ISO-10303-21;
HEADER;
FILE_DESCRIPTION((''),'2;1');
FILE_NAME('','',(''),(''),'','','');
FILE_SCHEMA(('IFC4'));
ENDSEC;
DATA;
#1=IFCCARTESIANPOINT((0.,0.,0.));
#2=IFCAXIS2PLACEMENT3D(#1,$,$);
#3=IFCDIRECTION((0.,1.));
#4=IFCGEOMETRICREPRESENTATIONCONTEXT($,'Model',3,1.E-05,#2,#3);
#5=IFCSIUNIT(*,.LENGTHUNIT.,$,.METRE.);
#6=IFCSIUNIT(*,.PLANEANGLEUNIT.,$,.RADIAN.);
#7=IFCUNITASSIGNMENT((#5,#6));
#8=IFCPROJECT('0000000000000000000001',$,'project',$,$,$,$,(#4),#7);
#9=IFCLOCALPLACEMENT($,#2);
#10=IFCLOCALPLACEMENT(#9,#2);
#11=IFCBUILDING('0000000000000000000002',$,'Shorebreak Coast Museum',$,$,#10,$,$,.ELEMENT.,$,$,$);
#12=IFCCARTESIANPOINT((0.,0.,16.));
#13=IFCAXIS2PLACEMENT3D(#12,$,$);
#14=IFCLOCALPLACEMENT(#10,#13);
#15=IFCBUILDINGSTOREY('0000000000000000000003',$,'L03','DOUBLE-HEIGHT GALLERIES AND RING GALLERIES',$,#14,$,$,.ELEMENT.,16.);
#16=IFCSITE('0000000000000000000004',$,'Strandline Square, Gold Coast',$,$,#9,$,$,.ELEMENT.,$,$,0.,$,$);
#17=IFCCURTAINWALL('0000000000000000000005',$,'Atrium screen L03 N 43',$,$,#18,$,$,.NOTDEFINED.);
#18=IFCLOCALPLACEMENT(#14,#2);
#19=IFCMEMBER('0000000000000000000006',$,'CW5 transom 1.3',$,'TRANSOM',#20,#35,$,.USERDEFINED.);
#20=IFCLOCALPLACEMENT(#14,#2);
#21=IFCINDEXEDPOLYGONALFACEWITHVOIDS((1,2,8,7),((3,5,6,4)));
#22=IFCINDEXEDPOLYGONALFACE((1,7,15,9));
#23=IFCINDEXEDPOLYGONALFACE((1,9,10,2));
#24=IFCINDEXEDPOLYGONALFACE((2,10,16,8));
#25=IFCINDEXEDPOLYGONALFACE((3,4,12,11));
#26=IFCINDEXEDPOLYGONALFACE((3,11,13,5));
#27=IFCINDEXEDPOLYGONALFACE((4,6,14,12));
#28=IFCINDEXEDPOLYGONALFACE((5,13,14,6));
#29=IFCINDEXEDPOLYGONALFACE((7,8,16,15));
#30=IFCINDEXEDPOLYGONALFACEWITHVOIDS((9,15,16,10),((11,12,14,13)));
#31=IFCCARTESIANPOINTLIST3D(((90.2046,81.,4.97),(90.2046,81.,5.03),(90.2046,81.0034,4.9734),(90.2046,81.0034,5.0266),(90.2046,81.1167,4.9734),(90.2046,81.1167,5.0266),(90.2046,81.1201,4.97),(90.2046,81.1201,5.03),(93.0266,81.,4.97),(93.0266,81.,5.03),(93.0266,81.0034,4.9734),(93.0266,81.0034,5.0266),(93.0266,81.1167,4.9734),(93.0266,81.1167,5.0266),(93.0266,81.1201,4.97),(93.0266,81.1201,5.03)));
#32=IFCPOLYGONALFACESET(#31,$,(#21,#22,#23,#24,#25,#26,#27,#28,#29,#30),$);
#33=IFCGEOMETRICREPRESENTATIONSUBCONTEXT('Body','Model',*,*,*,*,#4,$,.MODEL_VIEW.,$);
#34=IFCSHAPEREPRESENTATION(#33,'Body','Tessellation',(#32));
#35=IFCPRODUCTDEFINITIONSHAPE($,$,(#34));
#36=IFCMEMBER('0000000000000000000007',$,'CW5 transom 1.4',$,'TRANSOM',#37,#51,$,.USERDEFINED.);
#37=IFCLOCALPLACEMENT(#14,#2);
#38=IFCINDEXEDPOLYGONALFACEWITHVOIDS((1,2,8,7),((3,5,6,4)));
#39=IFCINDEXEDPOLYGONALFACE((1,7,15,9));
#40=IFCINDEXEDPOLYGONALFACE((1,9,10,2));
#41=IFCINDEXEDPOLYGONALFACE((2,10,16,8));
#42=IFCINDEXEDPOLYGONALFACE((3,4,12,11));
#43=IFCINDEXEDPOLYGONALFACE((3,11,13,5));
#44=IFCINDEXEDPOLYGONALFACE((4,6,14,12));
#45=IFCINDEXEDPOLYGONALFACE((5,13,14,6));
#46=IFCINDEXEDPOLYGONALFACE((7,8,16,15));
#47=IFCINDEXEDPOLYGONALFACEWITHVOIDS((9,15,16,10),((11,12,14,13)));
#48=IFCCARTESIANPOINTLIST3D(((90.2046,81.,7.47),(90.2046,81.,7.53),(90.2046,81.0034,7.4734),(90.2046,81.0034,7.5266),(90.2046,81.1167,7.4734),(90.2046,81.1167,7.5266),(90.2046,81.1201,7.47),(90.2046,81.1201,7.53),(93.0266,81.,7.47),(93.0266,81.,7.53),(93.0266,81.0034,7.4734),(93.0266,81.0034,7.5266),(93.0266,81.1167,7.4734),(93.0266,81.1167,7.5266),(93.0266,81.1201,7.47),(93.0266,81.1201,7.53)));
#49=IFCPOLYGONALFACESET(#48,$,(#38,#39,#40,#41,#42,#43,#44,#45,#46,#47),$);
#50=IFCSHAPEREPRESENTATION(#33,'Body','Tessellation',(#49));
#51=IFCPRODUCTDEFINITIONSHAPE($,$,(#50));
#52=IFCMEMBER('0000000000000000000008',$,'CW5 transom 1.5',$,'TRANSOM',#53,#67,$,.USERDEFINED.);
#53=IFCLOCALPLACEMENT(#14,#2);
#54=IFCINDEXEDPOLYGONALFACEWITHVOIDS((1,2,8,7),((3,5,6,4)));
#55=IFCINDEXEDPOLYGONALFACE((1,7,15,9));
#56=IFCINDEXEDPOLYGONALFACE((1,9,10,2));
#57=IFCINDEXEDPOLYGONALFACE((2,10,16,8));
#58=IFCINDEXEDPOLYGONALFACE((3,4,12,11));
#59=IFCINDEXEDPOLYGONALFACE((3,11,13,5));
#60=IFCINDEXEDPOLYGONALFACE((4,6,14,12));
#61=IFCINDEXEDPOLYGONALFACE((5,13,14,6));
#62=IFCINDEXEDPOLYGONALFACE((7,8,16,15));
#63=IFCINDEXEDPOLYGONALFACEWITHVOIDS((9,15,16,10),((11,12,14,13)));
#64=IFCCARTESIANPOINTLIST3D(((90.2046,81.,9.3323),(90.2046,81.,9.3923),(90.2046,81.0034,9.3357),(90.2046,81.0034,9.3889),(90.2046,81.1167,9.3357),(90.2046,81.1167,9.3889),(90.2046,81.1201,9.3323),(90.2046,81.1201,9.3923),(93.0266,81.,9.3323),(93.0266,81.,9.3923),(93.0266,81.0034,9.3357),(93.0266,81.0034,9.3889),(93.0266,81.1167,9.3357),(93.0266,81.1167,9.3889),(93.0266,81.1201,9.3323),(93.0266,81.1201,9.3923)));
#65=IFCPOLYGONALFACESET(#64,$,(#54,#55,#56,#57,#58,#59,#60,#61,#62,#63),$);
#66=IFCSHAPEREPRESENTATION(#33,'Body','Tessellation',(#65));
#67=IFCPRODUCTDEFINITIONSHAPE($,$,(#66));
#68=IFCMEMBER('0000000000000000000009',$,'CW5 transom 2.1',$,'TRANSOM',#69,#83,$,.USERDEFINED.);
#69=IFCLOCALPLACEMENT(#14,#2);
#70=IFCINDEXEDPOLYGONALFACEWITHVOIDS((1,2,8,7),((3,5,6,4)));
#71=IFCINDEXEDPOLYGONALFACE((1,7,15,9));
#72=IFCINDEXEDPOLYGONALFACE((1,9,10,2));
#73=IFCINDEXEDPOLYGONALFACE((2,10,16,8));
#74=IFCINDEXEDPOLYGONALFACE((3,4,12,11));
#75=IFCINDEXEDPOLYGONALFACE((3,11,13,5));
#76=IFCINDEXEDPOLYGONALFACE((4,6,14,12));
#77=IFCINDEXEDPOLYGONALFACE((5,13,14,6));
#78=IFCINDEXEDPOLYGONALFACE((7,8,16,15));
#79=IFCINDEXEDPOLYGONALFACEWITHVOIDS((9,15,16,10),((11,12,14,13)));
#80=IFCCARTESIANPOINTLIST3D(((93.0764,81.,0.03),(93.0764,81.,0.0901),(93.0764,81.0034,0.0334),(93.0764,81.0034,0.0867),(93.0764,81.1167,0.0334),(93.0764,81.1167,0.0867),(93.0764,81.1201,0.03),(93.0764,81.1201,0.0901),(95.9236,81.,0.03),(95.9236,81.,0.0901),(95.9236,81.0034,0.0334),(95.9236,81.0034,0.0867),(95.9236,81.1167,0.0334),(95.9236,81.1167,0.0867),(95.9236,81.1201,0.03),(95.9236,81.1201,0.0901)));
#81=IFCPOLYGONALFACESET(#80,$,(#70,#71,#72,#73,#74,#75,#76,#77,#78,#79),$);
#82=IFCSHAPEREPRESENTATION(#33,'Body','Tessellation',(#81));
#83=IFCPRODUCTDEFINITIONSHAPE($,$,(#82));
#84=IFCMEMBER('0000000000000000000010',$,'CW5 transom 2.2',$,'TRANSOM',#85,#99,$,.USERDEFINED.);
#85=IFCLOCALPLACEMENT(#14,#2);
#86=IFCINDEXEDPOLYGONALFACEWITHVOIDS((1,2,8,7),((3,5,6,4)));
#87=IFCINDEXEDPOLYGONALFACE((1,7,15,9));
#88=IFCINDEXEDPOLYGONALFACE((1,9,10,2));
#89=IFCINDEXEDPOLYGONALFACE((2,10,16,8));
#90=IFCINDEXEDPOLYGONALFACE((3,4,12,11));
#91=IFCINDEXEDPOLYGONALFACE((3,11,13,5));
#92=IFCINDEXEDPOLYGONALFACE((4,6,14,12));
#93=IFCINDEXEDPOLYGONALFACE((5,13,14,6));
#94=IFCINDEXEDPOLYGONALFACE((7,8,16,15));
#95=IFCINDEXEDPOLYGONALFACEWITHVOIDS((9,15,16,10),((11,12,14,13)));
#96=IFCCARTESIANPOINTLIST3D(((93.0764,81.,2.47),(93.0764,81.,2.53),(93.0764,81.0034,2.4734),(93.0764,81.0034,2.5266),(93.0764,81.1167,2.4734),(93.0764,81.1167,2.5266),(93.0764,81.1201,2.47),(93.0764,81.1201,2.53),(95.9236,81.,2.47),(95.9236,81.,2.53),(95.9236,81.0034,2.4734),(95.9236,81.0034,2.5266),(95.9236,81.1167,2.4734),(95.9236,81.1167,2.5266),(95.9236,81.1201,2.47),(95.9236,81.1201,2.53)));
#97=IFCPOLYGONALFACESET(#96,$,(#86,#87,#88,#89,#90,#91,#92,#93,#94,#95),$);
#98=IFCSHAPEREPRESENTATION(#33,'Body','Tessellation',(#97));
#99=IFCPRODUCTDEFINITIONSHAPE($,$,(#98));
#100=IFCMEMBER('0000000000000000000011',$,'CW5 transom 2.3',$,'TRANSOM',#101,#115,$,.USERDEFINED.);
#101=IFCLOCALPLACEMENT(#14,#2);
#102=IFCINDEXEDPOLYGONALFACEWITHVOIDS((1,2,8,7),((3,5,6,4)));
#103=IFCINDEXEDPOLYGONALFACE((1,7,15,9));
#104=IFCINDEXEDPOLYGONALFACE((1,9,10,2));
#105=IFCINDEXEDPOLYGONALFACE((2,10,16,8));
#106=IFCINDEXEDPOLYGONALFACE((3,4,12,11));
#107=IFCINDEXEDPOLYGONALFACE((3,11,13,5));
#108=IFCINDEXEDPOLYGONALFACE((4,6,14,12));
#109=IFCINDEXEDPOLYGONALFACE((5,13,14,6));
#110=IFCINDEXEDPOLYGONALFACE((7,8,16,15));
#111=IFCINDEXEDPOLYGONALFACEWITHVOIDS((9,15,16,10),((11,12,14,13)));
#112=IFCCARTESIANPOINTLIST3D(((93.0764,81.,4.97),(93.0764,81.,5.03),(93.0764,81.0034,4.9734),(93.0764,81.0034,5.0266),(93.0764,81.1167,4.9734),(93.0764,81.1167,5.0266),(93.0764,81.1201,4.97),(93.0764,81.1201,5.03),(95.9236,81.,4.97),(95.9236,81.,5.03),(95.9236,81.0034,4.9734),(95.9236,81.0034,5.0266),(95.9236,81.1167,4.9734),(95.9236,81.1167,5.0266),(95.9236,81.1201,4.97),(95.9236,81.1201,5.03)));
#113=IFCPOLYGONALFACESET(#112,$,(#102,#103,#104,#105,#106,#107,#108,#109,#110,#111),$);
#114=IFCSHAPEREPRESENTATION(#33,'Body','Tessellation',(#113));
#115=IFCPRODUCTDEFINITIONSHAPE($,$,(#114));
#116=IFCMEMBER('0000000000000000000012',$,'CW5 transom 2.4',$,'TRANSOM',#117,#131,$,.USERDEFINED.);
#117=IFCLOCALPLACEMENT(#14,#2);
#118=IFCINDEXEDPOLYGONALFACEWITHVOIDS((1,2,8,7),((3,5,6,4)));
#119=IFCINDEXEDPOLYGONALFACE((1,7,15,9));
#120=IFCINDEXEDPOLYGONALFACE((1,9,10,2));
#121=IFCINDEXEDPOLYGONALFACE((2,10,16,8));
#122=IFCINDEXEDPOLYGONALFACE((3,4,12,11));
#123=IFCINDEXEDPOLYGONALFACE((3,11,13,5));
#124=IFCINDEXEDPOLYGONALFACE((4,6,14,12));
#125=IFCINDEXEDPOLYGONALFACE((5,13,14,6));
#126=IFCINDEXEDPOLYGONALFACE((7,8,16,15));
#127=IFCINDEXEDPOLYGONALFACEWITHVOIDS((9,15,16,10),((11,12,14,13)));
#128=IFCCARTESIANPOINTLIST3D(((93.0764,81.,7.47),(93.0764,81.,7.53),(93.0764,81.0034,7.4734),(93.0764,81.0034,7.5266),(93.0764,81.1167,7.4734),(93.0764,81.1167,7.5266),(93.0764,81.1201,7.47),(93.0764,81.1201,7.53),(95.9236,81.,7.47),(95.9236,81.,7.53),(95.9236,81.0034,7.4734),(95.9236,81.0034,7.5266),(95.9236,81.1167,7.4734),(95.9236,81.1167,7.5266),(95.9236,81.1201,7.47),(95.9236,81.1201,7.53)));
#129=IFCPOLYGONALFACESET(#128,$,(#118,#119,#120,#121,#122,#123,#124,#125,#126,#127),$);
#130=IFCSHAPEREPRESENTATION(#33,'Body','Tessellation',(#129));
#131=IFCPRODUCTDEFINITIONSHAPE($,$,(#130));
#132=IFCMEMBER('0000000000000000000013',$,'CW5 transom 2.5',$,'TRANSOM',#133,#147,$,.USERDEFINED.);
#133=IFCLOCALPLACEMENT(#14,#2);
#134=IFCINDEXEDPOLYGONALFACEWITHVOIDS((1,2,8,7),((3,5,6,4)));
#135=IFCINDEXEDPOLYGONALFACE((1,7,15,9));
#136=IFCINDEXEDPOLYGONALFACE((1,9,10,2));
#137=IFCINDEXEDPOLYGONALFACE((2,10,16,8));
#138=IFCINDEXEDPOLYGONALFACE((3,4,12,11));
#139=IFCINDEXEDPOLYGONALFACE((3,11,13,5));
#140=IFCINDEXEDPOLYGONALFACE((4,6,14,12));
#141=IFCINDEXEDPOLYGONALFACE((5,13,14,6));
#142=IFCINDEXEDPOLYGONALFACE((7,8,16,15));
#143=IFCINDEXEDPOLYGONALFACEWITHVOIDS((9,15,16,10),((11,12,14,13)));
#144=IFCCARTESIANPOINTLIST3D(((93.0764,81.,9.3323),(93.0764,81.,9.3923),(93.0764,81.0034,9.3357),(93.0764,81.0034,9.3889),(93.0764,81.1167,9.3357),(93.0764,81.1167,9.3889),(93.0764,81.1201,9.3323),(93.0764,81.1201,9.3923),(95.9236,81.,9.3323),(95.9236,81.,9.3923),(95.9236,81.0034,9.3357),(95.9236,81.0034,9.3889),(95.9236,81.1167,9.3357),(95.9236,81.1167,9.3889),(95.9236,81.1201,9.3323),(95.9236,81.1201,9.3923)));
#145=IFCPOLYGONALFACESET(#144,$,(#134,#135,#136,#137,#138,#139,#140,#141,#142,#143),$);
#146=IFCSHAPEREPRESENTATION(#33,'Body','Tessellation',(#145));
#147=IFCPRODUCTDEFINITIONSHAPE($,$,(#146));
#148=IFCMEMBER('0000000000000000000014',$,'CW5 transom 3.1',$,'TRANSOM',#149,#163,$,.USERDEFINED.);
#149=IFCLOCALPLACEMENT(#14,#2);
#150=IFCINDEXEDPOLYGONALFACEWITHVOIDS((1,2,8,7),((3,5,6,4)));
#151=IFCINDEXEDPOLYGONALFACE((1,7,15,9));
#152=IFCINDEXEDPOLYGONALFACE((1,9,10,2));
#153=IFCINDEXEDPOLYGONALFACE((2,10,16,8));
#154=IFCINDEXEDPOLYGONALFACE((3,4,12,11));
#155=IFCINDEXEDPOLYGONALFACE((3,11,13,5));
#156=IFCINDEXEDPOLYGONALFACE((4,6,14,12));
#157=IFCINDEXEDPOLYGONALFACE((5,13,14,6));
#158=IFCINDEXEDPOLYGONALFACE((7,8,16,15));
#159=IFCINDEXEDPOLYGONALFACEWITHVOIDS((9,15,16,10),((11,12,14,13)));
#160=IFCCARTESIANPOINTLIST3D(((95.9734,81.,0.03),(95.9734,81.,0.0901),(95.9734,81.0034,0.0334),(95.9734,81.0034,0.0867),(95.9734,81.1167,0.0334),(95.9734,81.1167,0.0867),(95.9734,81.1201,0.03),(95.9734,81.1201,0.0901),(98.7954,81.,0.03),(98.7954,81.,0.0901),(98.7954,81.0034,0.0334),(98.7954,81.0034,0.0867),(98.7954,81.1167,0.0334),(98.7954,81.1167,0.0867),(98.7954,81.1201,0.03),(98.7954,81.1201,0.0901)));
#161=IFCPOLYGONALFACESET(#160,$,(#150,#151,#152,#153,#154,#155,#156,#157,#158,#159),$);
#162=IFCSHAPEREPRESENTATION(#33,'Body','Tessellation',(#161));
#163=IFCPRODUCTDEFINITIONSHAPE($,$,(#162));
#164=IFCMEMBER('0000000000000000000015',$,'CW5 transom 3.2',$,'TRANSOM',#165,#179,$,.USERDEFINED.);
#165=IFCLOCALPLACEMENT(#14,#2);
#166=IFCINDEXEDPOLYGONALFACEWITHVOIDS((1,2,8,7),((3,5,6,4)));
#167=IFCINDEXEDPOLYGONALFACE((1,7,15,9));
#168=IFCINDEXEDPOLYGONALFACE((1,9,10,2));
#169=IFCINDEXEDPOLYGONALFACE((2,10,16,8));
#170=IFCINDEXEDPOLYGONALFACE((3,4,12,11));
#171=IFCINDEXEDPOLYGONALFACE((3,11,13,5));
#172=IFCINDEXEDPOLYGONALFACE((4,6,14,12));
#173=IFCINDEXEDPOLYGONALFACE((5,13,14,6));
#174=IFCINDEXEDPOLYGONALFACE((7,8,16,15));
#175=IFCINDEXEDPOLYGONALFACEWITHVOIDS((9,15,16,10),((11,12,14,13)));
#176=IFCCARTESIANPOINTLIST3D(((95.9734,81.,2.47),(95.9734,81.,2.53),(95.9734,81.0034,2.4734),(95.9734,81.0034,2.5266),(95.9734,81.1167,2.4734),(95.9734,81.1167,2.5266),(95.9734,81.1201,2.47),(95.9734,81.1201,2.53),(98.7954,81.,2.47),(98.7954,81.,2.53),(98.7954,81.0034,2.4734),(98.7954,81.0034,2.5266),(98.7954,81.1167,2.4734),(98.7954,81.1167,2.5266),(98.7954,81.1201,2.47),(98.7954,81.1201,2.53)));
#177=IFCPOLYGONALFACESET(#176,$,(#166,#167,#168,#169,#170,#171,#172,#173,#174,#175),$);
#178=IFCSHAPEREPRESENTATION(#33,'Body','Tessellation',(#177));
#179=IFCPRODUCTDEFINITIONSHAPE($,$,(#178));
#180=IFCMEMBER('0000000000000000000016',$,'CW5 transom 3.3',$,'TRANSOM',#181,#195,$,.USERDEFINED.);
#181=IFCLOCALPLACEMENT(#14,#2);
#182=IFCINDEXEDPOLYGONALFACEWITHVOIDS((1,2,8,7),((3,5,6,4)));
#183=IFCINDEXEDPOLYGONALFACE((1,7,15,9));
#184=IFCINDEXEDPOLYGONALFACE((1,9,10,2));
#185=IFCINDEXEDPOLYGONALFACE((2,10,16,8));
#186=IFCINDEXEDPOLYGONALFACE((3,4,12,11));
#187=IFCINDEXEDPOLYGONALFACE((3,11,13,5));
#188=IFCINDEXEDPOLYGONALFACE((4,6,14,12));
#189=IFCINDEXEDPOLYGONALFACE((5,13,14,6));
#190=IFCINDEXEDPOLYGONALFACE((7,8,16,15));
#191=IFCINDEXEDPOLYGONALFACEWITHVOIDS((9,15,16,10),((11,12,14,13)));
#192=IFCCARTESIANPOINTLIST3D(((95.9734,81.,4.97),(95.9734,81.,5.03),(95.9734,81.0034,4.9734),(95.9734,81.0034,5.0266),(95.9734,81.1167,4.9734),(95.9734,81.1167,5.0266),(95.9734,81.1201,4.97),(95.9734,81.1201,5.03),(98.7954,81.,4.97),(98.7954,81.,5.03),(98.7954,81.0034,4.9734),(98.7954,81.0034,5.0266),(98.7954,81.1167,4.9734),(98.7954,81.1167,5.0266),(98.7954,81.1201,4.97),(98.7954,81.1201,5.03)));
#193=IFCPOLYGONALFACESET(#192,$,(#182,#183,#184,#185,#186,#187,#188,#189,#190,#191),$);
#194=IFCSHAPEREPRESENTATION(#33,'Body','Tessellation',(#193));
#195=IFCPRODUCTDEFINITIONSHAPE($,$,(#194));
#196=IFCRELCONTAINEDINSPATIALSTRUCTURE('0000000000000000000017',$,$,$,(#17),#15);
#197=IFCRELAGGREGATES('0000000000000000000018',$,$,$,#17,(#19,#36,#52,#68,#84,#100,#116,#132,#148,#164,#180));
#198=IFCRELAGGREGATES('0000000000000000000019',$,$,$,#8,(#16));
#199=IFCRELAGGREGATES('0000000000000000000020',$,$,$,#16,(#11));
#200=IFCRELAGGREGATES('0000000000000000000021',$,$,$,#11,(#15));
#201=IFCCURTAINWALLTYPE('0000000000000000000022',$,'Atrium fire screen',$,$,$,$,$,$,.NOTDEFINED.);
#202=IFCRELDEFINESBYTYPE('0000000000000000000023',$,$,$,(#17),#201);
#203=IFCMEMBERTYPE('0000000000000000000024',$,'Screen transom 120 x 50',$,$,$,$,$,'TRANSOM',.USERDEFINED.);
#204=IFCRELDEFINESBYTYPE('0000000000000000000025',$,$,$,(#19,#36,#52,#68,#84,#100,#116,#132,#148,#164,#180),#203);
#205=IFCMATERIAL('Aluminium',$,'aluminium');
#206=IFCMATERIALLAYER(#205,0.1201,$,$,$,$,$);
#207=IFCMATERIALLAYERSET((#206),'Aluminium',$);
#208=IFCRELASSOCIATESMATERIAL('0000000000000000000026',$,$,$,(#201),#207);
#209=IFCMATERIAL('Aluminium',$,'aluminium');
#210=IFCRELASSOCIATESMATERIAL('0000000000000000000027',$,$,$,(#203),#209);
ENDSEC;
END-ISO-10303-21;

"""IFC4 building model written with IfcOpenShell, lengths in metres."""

from ifc_helpers import new_model, si_unit, direction, frame, origin, origin_2d, place, context, subcontext, project, spatial, hollow_rectangle, extrude, material, layer, layer_set, material_profile, profile_set, type_object, element, aggregate, save


model = new_model("IFC4")

# Units and contexts
model_context = context("Model", 3, precision=1e-05, world=origin(), true_north=direction((0.0, 1.0)))
body_context = subcontext(model_context, "Body", "Model", "MODEL_VIEW")
ifc_project = project(units=[si_unit("LENGTHUNIT", "METRE"), si_unit("PLANEANGLEUNIT", "RADIAN")], contexts=[model_context])

# Site, building, storey
site_placement = place(None, origin())
site = spatial("IfcSite", under=ifc_project, at=site_placement, Name="Strandline Square, Gold Coast", CompositionType="ELEMENT", RefElevation=0.0)
building_placement = place(site_placement, origin())
building = spatial("IfcBuilding", under=site, at=building_placement, Name="Shorebreak Coast Museum", CompositionType="ELEMENT")
storey_placement = place(building_placement, frame((0.0, 0.0, 16.0)))
storey = spatial("IfcBuildingStorey", under=building, at=storey_placement, Name="L03", Description="DOUBLE-HEIGHT GALLERIES AND RING GALLERIES", CompositionType="ELEMENT", Elevation=16.0)

# Curtain wall, members
ifc_material_1 = material(Name="Aluminium", Category="aluminium")
ifc_layer_1 = layer(ifc_material_1, 0.1201)
ifc_layer_set_1 = layer_set([ifc_layer_1], Name="Aluminium")
curtain_wall_type = type_object("IfcCurtainWallType", Name="Atrium fire screen", PredefinedType="NOTDEFINED", material=ifc_layer_set_1)
curtain_wall_placement = place(storey_placement, origin())
curtain_wall = element("IfcCurtainWall", 1, at=curtain_wall_placement, inside=storey, type_object=curtain_wall_type, Name="Atrium screen L03 N 43", PredefinedType="NOTDEFINED")
ifc_material_2 = material(Name="Aluminium", Category="aluminium")
ifc_material_profile_1 = material_profile(ifc_material_2, hollow_rectangle(XDim=0.1201, YDim=0.0601, WallThickness=0.0034, at=origin_2d()), Name="AL 60x120 RHS")
ifc_profile_set_1 = profile_set([ifc_material_profile_1], Name="Aluminium")
member_type_1 = type_object("IfcMemberType", Name="Screen transom 120 x 50", ElementType="TRANSOM", PredefinedType="USERDEFINED", material=ifc_profile_set_1)
member_1_placement = place(storey_placement, frame((90.2046, 81.0601, 5.0), z_axis=(1.0, 0.0, 0.0), x_axis=(0.0, 1.0, 0.0)))
member_1 = element("IfcMember", 2, at=member_1_placement, type_object=member_type_1, Name="CW5 transom 1.3", ObjectType="TRANSOM", PredefinedType="USERDEFINED", context=body_context, shape_type="SweptSolid", body=[
    extrude(hollow_rectangle(XDim=0.1201, YDim=0.0601, WallThickness=0.0034, at=origin_2d()), origin(), (0.0, 0.0, 1.0), 2.822),
])
member_2_placement = place(storey_placement, frame((90.2046, 81.0601, 7.5), z_axis=(1.0, 0.0, 0.0), x_axis=(0.0, 1.0, 0.0)))
member_2 = element("IfcMember", 3, at=member_2_placement, type_object=member_type_1, Name="CW5 transom 1.4", ObjectType="TRANSOM", PredefinedType="USERDEFINED", context=body_context, shape_type="SweptSolid", body=[
    extrude(hollow_rectangle(XDim=0.1201, YDim=0.0601, WallThickness=0.0034, at=origin_2d()), origin(), (0.0, 0.0, 1.0), 2.822),
])
member_3_placement = place(storey_placement, frame((90.2046, 81.0601, 9.3623), z_axis=(1.0, 0.0, 0.0), x_axis=(0.0, 1.0, 0.0)))
member_3 = element("IfcMember", 4, at=member_3_placement, type_object=member_type_1, Name="CW5 transom 1.5", ObjectType="TRANSOM", PredefinedType="USERDEFINED", context=body_context, shape_type="SweptSolid", body=[
    extrude(hollow_rectangle(XDim=0.1201, YDim=0.0601, WallThickness=0.0034, at=origin_2d()), origin(), (0.0, 0.0, 1.0), 2.822),
])
member_4_placement = place(storey_placement, frame((93.0764, 81.0601, 0.0601), z_axis=(1.0, 0.0, 0.0), x_axis=(0.0, 1.0, 0.0)))
member_4 = element("IfcMember", 5, at=member_4_placement, type_object=member_type_1, Name="CW5 transom 2.1", ObjectType="TRANSOM", PredefinedType="USERDEFINED", context=body_context, shape_type="SweptSolid", body=[
    extrude(hollow_rectangle(XDim=0.1201, YDim=0.0601, WallThickness=0.0034, at=origin_2d()), origin(), (0.0, 0.0, 1.0), 2.8472),
])
member_5_placement = place(storey_placement, frame((93.0764, 81.0601, 2.5), z_axis=(1.0, 0.0, 0.0), x_axis=(0.0, 1.0, 0.0)))
member_5 = element("IfcMember", 6, at=member_5_placement, type_object=member_type_1, Name="CW5 transom 2.2", ObjectType="TRANSOM", PredefinedType="USERDEFINED", context=body_context, shape_type="SweptSolid", body=[
    extrude(hollow_rectangle(XDim=0.1201, YDim=0.0601, WallThickness=0.0034, at=origin_2d()), origin(), (0.0, 0.0, 1.0), 2.8472),
])
member_6_placement = place(storey_placement, frame((93.0764, 81.0601, 5.0), z_axis=(1.0, 0.0, 0.0), x_axis=(0.0, 1.0, 0.0)))
member_6 = element("IfcMember", 7, at=member_6_placement, type_object=member_type_1, Name="CW5 transom 2.3", ObjectType="TRANSOM", PredefinedType="USERDEFINED", context=body_context, shape_type="SweptSolid", body=[
    extrude(hollow_rectangle(XDim=0.1201, YDim=0.0601, WallThickness=0.0034, at=origin_2d()), origin(), (0.0, 0.0, 1.0), 2.8472),
])
member_7_placement = place(storey_placement, frame((93.0764, 81.0601, 7.5), z_axis=(1.0, 0.0, 0.0), x_axis=(0.0, 1.0, 0.0)))
member_7 = element("IfcMember", 8, at=member_7_placement, type_object=member_type_1, Name="CW5 transom 2.4", ObjectType="TRANSOM", PredefinedType="USERDEFINED", context=body_context, shape_type="SweptSolid", body=[
    extrude(hollow_rectangle(XDim=0.1201, YDim=0.0601, WallThickness=0.0034, at=origin_2d()), origin(), (0.0, 0.0, 1.0), 2.8472),
])
member_8_placement = place(storey_placement, frame((93.0764, 81.0601, 9.3623), z_axis=(1.0, 0.0, 0.0), x_axis=(0.0, 1.0, 0.0)))
member_8 = element("IfcMember", 9, at=member_8_placement, type_object=member_type_1, Name="CW5 transom 2.5", ObjectType="TRANSOM", PredefinedType="USERDEFINED", context=body_context, shape_type="SweptSolid", body=[
    extrude(hollow_rectangle(XDim=0.1201, YDim=0.0601, WallThickness=0.0034, at=origin_2d()), origin(), (0.0, 0.0, 1.0), 2.8472),
])
member_9_placement = place(storey_placement, frame((95.9734, 81.0601, 0.0601), z_axis=(1.0, 0.0, 0.0), x_axis=(0.0, 1.0, 0.0)))
member_9 = element("IfcMember", 10, at=member_9_placement, type_object=member_type_1, Name="CW5 transom 3.1", ObjectType="TRANSOM", PredefinedType="USERDEFINED", context=body_context, shape_type="SweptSolid", body=[
    extrude(hollow_rectangle(XDim=0.1201, YDim=0.0601, WallThickness=0.0034, at=origin_2d()), origin(), (0.0, 0.0, 1.0), 2.822),
])
member_10_placement = place(storey_placement, frame((95.9734, 81.0601, 2.5), z_axis=(1.0, 0.0, 0.0), x_axis=(0.0, 1.0, 0.0)))
member_10 = element("IfcMember", 11, at=member_10_placement, type_object=member_type_1, Name="CW5 transom 3.2", ObjectType="TRANSOM", PredefinedType="USERDEFINED", context=body_context, shape_type="SweptSolid", body=[
    extrude(hollow_rectangle(XDim=0.1201, YDim=0.0601, WallThickness=0.0034, at=origin_2d()), origin(), (0.0, 0.0, 1.0), 2.822),
])
member_11_placement = place(storey_placement, frame((95.9734, 81.0601, 5.0), z_axis=(1.0, 0.0, 0.0), x_axis=(0.0, 1.0, 0.0)))
member_11 = element("IfcMember", 12, at=member_11_placement, type_object=member_type_1, Name="CW5 transom 3.3", ObjectType="TRANSOM", PredefinedType="USERDEFINED", context=body_context, shape_type="SweptSolid", body=[
    extrude(hollow_rectangle(XDim=0.1201, YDim=0.0601, WallThickness=0.0034, at=origin_2d()), origin(), (0.0, 0.0, 1.0), 2.822),
])
aggregate(curtain_wall, [member_1, member_2, member_3, member_4, member_5, member_6, member_7, member_8, member_9, member_10, member_11])

save(model, "model.ifc")
